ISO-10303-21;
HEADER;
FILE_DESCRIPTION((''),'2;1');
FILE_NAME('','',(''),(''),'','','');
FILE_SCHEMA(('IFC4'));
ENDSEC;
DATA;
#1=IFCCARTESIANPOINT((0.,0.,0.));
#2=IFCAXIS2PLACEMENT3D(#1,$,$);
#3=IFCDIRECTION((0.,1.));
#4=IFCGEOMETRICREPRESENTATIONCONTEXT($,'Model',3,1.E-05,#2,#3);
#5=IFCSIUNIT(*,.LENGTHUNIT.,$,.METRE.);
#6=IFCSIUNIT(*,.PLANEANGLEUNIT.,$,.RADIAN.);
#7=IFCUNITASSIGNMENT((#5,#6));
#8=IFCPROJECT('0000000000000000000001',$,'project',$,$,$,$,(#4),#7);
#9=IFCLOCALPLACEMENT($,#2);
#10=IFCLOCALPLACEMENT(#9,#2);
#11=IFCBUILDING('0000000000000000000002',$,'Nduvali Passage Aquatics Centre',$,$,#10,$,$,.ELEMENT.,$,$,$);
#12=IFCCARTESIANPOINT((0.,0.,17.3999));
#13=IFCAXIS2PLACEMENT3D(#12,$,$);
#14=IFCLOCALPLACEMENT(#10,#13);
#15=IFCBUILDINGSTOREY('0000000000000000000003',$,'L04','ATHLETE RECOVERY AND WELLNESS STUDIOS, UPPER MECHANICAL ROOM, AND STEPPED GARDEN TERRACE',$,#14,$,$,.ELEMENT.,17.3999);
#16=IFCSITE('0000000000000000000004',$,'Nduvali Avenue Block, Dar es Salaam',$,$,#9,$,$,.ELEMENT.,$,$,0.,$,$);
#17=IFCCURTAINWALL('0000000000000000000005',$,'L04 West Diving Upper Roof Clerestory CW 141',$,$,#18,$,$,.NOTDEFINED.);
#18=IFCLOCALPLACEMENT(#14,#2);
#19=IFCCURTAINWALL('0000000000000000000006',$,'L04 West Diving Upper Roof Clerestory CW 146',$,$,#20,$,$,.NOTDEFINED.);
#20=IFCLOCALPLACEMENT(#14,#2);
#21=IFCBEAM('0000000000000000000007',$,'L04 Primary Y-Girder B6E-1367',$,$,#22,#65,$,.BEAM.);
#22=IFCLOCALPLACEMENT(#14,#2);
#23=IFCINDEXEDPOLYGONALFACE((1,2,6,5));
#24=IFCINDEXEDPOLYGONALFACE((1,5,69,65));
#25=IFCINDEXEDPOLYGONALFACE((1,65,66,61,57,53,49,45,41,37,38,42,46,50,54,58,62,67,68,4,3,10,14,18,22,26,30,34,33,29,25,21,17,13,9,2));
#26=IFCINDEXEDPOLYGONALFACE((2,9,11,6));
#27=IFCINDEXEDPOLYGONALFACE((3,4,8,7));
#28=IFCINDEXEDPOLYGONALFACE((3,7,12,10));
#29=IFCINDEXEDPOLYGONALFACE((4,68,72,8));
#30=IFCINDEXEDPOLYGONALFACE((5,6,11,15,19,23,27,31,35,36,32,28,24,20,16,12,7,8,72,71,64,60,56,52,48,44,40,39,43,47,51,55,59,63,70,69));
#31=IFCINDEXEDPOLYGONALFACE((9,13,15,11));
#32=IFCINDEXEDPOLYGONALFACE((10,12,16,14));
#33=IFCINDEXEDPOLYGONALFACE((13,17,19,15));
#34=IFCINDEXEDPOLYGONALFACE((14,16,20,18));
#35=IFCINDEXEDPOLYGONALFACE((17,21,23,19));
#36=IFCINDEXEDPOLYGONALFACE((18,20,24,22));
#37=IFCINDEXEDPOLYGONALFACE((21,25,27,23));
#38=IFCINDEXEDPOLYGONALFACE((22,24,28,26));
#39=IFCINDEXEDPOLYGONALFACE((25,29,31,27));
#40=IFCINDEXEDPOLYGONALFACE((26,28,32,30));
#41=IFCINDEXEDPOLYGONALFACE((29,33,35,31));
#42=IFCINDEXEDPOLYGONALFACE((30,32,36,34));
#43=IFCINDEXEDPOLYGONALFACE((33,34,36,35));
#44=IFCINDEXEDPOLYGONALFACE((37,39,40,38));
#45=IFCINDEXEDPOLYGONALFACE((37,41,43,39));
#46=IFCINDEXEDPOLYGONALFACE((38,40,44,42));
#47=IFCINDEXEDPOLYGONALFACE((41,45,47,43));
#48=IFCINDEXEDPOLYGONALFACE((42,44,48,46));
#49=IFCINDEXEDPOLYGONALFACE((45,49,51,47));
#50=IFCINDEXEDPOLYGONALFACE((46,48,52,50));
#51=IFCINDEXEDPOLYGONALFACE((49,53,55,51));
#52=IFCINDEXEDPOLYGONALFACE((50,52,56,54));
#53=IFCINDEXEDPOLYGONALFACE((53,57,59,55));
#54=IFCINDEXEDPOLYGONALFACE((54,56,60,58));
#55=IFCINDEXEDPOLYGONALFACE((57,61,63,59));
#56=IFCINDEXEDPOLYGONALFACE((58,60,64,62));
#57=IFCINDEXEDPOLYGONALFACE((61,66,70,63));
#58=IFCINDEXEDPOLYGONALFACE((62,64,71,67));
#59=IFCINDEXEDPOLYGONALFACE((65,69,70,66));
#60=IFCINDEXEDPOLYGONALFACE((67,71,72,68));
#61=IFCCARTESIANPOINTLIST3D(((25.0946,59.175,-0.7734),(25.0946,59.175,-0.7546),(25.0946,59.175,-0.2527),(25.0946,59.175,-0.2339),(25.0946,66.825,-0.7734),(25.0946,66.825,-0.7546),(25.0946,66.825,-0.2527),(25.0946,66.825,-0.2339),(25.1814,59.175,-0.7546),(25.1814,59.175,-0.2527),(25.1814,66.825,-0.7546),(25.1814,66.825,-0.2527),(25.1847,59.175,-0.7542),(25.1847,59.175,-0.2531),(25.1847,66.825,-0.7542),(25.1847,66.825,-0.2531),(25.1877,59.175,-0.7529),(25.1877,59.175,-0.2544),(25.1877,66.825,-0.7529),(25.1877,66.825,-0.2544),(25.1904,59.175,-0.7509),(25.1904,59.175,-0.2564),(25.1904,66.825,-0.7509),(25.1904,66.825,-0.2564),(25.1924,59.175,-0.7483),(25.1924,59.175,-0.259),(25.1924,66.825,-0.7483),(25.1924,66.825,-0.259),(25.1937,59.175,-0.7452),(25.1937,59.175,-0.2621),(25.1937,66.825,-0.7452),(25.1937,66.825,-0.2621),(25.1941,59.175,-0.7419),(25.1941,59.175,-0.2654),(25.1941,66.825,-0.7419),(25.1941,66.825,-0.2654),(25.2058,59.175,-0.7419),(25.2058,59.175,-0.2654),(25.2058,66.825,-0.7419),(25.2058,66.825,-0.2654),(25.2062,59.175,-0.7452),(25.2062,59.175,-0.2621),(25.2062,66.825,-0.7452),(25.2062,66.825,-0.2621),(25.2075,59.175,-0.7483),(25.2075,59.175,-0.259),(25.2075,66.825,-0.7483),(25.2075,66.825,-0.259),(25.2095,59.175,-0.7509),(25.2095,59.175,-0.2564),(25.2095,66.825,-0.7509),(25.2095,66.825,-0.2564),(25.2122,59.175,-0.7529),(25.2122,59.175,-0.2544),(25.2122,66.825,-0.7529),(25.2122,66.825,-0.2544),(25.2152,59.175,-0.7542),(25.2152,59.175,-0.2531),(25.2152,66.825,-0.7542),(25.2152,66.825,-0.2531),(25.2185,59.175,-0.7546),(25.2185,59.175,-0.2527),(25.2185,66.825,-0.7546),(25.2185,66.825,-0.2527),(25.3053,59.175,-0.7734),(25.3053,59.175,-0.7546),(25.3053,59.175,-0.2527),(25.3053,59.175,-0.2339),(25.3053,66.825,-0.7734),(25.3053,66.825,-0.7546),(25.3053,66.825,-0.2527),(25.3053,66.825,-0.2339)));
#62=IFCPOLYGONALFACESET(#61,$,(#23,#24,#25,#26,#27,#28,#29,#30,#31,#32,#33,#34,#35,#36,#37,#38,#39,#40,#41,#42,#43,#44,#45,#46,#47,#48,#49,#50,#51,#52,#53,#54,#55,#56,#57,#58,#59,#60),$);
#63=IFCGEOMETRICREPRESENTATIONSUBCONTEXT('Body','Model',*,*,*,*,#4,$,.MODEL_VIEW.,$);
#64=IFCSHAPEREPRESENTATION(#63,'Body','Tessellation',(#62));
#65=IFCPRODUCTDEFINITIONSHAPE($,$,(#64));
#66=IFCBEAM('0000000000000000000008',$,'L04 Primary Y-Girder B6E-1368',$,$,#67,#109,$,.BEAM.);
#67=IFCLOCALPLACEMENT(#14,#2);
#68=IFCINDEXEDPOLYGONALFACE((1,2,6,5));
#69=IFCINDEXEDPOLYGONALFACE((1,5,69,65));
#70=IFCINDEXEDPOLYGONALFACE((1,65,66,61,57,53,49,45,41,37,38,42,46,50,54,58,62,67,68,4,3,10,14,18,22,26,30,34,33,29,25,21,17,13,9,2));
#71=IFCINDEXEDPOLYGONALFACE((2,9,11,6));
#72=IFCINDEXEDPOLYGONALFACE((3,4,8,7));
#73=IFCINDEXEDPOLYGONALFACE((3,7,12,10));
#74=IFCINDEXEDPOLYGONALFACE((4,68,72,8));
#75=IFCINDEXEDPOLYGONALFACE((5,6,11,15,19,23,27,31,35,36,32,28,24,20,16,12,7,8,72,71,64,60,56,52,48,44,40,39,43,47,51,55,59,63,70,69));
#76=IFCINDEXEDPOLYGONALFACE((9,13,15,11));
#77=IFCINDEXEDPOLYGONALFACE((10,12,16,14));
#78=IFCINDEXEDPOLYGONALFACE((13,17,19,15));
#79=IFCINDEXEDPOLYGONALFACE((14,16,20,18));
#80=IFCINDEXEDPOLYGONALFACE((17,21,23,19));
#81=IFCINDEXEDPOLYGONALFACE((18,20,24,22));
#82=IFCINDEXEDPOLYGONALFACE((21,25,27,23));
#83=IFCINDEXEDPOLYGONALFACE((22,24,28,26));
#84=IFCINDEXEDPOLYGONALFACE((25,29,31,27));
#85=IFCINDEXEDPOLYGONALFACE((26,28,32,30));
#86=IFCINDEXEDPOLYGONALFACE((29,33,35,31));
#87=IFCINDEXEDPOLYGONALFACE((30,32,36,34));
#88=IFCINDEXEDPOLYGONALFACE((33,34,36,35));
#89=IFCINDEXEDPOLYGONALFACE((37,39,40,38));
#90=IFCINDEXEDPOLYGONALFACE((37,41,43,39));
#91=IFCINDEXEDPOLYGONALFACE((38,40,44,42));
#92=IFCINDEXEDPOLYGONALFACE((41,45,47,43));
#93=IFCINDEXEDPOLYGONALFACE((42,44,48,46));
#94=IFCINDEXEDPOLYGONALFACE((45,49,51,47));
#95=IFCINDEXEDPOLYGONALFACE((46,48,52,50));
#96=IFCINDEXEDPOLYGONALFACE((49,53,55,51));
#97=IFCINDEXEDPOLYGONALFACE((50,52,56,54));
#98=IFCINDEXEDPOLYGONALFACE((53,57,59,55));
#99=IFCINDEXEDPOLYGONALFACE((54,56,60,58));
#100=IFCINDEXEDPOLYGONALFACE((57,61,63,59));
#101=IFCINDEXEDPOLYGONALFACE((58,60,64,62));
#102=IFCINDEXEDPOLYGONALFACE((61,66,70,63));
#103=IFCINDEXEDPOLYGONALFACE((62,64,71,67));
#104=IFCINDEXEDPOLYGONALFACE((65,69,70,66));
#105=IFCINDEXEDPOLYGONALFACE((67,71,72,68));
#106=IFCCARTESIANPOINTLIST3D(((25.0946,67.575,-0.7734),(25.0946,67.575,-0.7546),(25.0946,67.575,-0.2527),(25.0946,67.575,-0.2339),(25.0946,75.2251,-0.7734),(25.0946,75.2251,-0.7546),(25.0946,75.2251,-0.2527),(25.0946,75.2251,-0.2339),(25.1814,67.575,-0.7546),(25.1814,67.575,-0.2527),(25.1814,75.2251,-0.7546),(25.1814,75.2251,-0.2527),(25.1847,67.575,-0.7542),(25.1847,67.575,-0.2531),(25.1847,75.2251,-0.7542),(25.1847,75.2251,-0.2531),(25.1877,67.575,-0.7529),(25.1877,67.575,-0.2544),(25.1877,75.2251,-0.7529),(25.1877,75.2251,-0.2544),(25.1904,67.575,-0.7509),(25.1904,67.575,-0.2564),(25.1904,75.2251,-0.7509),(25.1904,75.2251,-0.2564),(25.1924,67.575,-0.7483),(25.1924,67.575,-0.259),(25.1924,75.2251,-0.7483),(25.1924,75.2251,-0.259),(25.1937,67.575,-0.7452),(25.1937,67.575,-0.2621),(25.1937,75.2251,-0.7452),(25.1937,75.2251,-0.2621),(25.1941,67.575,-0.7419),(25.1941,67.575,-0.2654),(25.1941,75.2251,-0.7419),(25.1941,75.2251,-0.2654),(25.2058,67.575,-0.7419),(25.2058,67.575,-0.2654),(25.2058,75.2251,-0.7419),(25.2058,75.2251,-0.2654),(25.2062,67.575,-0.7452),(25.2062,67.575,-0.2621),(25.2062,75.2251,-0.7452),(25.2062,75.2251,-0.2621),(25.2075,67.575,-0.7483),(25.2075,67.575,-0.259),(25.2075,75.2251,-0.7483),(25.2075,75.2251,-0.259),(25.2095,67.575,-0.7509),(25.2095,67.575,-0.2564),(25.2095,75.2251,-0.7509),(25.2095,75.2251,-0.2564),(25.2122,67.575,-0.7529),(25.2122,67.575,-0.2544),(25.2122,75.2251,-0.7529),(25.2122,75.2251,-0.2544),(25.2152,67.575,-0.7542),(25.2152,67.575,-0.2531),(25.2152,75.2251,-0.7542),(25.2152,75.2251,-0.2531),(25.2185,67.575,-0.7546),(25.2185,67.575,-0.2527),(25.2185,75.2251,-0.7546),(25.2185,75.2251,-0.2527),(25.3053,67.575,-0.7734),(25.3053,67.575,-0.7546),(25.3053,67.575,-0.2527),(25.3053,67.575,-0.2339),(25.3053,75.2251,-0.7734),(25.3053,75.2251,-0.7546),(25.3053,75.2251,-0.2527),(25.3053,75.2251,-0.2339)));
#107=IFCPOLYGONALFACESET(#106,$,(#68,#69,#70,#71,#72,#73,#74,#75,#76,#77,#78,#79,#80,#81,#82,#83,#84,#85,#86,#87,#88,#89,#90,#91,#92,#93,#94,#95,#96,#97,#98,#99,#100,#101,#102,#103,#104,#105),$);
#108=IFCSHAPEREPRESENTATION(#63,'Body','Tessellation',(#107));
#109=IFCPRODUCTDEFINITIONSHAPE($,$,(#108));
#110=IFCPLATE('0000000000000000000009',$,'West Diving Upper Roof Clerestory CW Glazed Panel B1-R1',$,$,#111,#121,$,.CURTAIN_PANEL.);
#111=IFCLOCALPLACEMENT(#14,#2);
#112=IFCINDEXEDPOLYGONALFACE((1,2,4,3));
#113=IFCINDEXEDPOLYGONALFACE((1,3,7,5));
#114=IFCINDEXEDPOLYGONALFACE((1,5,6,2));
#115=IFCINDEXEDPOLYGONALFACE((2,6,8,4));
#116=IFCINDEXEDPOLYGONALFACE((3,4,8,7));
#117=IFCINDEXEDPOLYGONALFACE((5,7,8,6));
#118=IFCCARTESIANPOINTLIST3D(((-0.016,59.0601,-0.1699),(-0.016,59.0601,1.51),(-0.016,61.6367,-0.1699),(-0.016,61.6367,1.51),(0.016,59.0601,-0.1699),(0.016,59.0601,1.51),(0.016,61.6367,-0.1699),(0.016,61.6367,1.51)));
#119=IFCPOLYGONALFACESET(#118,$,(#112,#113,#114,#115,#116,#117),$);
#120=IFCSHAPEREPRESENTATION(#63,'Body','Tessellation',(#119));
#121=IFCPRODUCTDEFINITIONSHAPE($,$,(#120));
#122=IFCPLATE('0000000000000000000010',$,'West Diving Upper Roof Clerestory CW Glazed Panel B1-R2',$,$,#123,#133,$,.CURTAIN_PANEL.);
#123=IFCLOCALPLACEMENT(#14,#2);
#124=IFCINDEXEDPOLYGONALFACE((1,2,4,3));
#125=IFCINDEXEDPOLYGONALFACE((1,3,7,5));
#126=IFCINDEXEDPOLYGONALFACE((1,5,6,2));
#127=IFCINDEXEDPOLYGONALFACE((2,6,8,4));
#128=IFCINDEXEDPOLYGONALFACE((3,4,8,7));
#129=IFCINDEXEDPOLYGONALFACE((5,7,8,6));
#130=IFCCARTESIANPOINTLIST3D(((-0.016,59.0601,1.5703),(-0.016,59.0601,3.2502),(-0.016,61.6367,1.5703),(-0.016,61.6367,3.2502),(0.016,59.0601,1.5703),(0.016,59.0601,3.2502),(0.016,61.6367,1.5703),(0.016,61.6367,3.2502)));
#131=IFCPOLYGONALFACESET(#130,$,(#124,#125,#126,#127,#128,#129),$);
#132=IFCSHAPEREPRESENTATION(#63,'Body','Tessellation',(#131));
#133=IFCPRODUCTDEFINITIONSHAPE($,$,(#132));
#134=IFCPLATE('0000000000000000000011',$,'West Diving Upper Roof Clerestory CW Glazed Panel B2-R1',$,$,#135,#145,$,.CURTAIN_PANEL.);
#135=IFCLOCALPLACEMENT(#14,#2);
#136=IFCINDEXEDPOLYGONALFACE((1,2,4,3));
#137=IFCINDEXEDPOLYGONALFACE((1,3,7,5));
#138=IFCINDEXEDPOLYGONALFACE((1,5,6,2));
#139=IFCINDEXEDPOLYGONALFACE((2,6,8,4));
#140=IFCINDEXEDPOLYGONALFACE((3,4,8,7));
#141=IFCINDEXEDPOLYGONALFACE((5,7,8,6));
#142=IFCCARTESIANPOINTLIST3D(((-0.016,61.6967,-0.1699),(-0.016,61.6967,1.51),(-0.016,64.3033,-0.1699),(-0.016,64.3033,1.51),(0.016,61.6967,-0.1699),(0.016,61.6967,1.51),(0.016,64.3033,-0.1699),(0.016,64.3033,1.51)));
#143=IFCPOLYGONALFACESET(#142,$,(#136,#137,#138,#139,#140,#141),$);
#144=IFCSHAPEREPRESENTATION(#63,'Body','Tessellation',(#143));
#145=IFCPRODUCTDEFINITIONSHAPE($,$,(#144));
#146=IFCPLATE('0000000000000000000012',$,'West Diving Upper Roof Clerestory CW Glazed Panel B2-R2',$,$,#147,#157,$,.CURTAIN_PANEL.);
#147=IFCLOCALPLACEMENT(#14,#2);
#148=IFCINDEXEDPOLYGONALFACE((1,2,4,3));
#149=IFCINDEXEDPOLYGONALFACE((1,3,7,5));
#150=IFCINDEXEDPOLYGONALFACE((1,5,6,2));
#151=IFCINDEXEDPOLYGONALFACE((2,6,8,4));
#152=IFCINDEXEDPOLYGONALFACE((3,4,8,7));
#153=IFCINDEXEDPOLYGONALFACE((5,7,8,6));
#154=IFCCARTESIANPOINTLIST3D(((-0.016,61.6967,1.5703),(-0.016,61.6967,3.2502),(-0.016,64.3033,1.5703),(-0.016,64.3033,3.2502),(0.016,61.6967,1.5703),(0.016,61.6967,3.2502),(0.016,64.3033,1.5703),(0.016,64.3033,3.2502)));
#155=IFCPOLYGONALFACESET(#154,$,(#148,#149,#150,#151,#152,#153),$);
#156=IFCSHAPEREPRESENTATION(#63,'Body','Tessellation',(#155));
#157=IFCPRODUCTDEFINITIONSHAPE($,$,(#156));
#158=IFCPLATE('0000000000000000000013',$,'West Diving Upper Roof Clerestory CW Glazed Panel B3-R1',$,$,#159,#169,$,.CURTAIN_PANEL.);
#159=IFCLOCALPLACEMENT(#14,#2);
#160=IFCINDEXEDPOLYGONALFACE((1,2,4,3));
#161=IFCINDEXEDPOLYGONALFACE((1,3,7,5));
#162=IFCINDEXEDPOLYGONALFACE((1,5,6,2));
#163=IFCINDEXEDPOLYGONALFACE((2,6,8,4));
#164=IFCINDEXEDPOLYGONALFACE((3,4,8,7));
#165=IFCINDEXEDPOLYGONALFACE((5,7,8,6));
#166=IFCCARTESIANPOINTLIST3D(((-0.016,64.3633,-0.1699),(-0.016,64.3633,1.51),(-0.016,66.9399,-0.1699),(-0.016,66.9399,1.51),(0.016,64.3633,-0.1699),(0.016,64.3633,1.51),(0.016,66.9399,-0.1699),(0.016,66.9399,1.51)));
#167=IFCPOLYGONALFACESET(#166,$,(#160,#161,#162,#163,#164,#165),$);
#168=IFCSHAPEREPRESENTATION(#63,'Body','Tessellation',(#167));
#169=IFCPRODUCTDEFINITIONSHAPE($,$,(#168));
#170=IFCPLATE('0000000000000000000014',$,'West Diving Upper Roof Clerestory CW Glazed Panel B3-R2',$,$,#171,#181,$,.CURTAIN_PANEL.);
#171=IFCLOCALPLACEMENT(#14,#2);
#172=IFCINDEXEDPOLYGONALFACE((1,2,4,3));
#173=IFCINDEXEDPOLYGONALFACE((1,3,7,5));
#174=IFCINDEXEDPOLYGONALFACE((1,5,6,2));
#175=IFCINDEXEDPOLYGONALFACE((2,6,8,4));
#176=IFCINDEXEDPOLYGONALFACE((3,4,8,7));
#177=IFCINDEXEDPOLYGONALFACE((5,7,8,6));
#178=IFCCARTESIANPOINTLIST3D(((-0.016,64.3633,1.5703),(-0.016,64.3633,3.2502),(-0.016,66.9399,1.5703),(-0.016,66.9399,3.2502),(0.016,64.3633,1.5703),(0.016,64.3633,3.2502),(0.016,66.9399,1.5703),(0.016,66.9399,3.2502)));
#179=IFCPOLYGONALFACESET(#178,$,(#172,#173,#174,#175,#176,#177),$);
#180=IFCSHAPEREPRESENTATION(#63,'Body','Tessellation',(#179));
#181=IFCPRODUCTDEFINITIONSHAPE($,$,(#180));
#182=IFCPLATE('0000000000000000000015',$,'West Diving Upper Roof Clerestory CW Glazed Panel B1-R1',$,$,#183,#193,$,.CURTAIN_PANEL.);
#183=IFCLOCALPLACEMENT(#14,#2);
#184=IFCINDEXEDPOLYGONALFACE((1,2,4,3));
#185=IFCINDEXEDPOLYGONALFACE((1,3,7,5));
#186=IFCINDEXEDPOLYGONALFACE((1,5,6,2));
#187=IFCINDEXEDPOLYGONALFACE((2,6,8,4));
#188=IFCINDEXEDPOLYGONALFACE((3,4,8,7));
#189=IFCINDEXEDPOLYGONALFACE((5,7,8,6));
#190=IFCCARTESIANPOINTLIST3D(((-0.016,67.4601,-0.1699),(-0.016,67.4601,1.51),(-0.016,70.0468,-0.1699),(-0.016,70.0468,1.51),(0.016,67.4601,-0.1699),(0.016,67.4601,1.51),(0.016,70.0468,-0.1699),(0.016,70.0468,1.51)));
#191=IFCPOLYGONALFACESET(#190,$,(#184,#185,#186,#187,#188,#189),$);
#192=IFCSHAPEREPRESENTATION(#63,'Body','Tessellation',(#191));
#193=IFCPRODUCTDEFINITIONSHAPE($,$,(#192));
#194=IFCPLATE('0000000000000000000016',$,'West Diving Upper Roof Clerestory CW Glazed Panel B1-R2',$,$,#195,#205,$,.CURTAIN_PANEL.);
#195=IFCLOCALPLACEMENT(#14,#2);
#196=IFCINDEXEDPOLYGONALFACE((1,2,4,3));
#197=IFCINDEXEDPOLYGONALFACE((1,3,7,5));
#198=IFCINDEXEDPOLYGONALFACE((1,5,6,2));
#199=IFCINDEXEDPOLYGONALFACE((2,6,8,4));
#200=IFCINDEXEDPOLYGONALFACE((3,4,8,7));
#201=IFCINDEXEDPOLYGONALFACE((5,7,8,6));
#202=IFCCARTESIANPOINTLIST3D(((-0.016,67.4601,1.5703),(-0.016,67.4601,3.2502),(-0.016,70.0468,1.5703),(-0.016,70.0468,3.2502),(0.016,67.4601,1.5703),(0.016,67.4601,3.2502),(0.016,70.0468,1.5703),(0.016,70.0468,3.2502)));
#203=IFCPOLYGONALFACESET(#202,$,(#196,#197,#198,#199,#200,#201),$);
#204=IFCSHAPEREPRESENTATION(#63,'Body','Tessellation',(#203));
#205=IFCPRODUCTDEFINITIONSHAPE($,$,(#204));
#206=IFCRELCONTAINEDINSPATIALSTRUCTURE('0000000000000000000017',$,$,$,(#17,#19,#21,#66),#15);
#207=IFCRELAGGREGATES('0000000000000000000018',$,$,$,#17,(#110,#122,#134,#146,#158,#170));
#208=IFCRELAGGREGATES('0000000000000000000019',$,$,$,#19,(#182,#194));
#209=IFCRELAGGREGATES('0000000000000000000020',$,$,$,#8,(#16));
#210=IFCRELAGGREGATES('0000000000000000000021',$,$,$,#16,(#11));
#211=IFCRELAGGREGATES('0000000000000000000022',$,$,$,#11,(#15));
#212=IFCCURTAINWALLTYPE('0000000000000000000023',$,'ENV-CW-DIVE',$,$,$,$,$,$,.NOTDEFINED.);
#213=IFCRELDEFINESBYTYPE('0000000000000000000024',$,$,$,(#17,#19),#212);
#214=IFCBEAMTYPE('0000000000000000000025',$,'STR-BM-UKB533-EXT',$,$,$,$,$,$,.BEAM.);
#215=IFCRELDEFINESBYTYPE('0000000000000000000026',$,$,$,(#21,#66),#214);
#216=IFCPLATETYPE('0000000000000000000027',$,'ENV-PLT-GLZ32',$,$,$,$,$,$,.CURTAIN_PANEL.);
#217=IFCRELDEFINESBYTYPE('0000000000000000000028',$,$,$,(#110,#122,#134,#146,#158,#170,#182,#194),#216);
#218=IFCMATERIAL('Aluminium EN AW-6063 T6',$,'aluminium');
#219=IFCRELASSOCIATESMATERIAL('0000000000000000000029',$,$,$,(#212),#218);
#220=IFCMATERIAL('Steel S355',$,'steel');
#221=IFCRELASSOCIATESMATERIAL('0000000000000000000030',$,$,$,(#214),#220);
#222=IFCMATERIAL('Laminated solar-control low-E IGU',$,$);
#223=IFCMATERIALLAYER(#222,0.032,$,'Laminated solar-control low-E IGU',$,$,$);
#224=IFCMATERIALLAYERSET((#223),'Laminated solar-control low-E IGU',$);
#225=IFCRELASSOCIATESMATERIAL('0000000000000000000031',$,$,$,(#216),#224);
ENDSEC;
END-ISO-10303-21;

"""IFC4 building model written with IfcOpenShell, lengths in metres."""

from ifc_helpers import new_model, si_unit, direction, frame, origin, origin_2d, place, context, subcontext, project, spatial, rectangle, i_section, extrude, material, layer, layer_set, material_profile, profile_set, type_object, element, aggregate, save


model = new_model("IFC4")

# Units and contexts
model_context = context("Model", 3, precision=1e-05, world=origin(), true_north=direction((0.0, 1.0)))
body_context = subcontext(model_context, "Body", "Model", "MODEL_VIEW")
ifc_project = project(units=[si_unit("LENGTHUNIT", "METRE"), si_unit("PLANEANGLEUNIT", "RADIAN")], contexts=[model_context])

# Site, building, storey
site_placement = place(None, origin())
site = spatial("IfcSite", under=ifc_project, at=site_placement, Name="Nduvali Avenue Block, Dar es Salaam", CompositionType="ELEMENT", RefElevation=0.0)
building_placement = place(site_placement, origin())
building = spatial("IfcBuilding", under=site, at=building_placement, Name="Nduvali Passage Aquatics Centre", CompositionType="ELEMENT")
storey_placement = place(building_placement, frame((0.0, 0.0, 17.3999)))
storey = spatial("IfcBuildingStorey", under=building, at=storey_placement, Name="L04", Description="ATHLETE RECOVERY AND WELLNESS STUDIOS, UPPER MECHANICAL ROOM, AND STEPPED GARDEN TERRACE", CompositionType="ELEMENT", Elevation=17.3999)

# Shared definitions
ifc_material_1 = material(Name="Steel S355", Category="steel")

# Curtain walls
ifc_material_2 = material(Name="Aluminium EN AW-6063 T6", Category="aluminium")
curtain_wall_type = type_object("IfcCurtainWallType", Name="ENV-CW-DIVE", PredefinedType="NOTDEFINED", material=ifc_material_2)
curtain_wall_1_placement = place(storey_placement, origin())
curtain_wall_1 = element("IfcCurtainWall", 1, at=curtain_wall_1_placement, inside=storey, type_object=curtain_wall_type, Name="L04 West Diving Upper Roof Clerestory CW 141", PredefinedType="NOTDEFINED")
curtain_wall_2_placement = place(storey_placement, origin())
curtain_wall_2 = element("IfcCurtainWall", 2, at=curtain_wall_2_placement, inside=storey, type_object=curtain_wall_type, Name="L04 West Diving Upper Roof Clerestory CW 146", PredefinedType="NOTDEFINED")

# Beams
ifc_material_profile_1 = material_profile(ifc_material_1, i_section(OverallWidth=0.2107, OverallDepth=0.5396, WebThickness=0.0117, FlangeThickness=0.0188, FilletRadius=0.0127, at=origin_2d()), Name="UKB 533x210x109")
ifc_profile_set_1 = profile_set([ifc_material_profile_1], Name="Steel S355")
beam_type = type_object("IfcBeamType", Name="STR-BM-UKB533-EXT", PredefinedType="BEAM", material=ifc_profile_set_1)
beam_1_placement = place(storey_placement, frame((25.2, 59.175, -0.5037), z_axis=(0.0, 1.0, 0.0), x_axis=(-1.0, 0.0, 0.0)))
element("IfcBeam", 3, at=beam_1_placement, inside=storey, type_object=beam_type, Name="L04 Primary Y-Girder B6E-1367", PredefinedType="BEAM", context=body_context, shape_type="SweptSolid", body=[
    extrude(i_section(OverallWidth=0.2107, OverallDepth=0.5396, WebThickness=0.0117, FlangeThickness=0.0188, FilletRadius=0.0127, at=origin_2d()), origin(), (0.0, 0.0, 1.0), 7.6499),
])
beam_2_placement = place(storey_placement, frame((25.2, 67.575, -0.5037), z_axis=(0.0, 1.0, 0.0), x_axis=(-1.0, 0.0, 0.0)))
element("IfcBeam", 4, at=beam_2_placement, inside=storey, type_object=beam_type, Name="L04 Primary Y-Girder B6E-1368", PredefinedType="BEAM", context=body_context, shape_type="SweptSolid", body=[
    extrude(i_section(OverallWidth=0.2107, OverallDepth=0.5396, WebThickness=0.0117, FlangeThickness=0.0188, FilletRadius=0.0127, at=origin_2d()), origin(), (0.0, 0.0, 1.0), 7.6501),
])

# Plates
ifc_material_3 = material(Name="Laminated solar-control low-E IGU")
ifc_layer = layer(ifc_material_3, 0.032, Name="Laminated solar-control low-E IGU")
ifc_layer_set = layer_set([ifc_layer], Name="Laminated solar-control low-E IGU")
plate_type = type_object("IfcPlateType", Name="ENV-PLT-GLZ32", PredefinedType="CURTAIN_PANEL", material=ifc_layer_set)
plate_1_placement = place(storey_placement, frame((0.0, 60.3484, -0.1699), z_axis=(0.0, 0.0, 1.0), x_axis=(0.0, 1.0, 0.0)))
plate_1 = element("IfcPlate", 5, at=plate_1_placement, type_object=plate_type, Name="West Diving Upper Roof Clerestory CW Glazed Panel B1-R1", PredefinedType="CURTAIN_PANEL", context=body_context, shape_type="SweptSolid", body=[
    extrude(rectangle(XDim=2.5767, YDim=0.032, at=origin_2d()), origin(), (0.0, 0.0, 1.0), 1.6799),
])
plate_2_placement = place(storey_placement, frame((0.0, 60.3484, 1.5703), z_axis=(0.0, 0.0, 1.0), x_axis=(0.0, 1.0, 0.0)))
plate_2 = element("IfcPlate", 6, at=plate_2_placement, type_object=plate_type, Name="West Diving Upper Roof Clerestory CW Glazed Panel B1-R2", PredefinedType="CURTAIN_PANEL", context=body_context, shape_type="SweptSolid", body=[
    extrude(rectangle(XDim=2.5767, YDim=0.032, at=origin_2d()), origin(), (0.0, 0.0, 1.0), 1.6799),
])
plate_3_placement = place(storey_placement, frame((0.0, 63.0, -0.1699), z_axis=(0.0, 0.0, 1.0), x_axis=(0.0, 1.0, 0.0)))
plate_3 = element("IfcPlate", 7, at=plate_3_placement, type_object=plate_type, Name="West Diving Upper Roof Clerestory CW Glazed Panel B2-R1", PredefinedType="CURTAIN_PANEL", context=body_context, shape_type="SweptSolid", body=[
    extrude(rectangle(XDim=2.6067, YDim=0.032, at=origin_2d()), origin(), (0.0, 0.0, 1.0), 1.6799),
])
plate_4_placement = place(storey_placement, frame((0.0, 63.0, 1.5703), z_axis=(0.0, 0.0, 1.0), x_axis=(0.0, 1.0, 0.0)))
plate_4 = element("IfcPlate", 8, at=plate_4_placement, type_object=plate_type, Name="West Diving Upper Roof Clerestory CW Glazed Panel B2-R2", PredefinedType="CURTAIN_PANEL", context=body_context, shape_type="SweptSolid", body=[
    extrude(rectangle(XDim=2.6067, YDim=0.032, at=origin_2d()), origin(), (0.0, 0.0, 1.0), 1.6799),
])
plate_5_placement = place(storey_placement, frame((0.0, 65.6516, -0.1699), z_axis=(0.0, 0.0, 1.0), x_axis=(0.0, 1.0, 0.0)))
plate_5 = element("IfcPlate", 9, at=plate_5_placement, type_object=plate_type, Name="West Diving Upper Roof Clerestory CW Glazed Panel B3-R1", PredefinedType="CURTAIN_PANEL", context=body_context, shape_type="SweptSolid", body=[
    extrude(rectangle(XDim=2.5767, YDim=0.032, at=origin_2d()), origin(), (0.0, 0.0, 1.0), 1.6799),
])
plate_6_placement = place(storey_placement, frame((0.0, 65.6516, 1.5703), z_axis=(0.0, 0.0, 1.0), x_axis=(0.0, 1.0, 0.0)))
plate_6 = element("IfcPlate", 10, at=plate_6_placement, type_object=plate_type, Name="West Diving Upper Roof Clerestory CW Glazed Panel B3-R2", PredefinedType="CURTAIN_PANEL", context=body_context, shape_type="SweptSolid", body=[
    extrude(rectangle(XDim=2.5767, YDim=0.032, at=origin_2d()), origin(), (0.0, 0.0, 1.0), 1.6799),
])
aggregate(curtain_wall_1, [plate_1, plate_2, plate_3, plate_4, plate_5, plate_6])
plate_7_placement = place(storey_placement, frame((0.0, 68.7534, -0.1699), z_axis=(0.0, 0.0, 1.0), x_axis=(0.0, 1.0, 0.0)))
plate_7 = element("IfcPlate", 11, at=plate_7_placement, type_object=plate_type, Name="West Diving Upper Roof Clerestory CW Glazed Panel B1-R1", PredefinedType="CURTAIN_PANEL", context=body_context, shape_type="SweptSolid", body=[
    extrude(rectangle(XDim=2.5867, YDim=0.032, at=origin_2d()), origin(), (0.0, 0.0, 1.0), 1.6799),
])
plate_8_placement = place(storey_placement, frame((0.0, 68.7534, 1.5703), z_axis=(0.0, 0.0, 1.0), x_axis=(0.0, 1.0, 0.0)))
plate_8 = element("IfcPlate", 12, at=plate_8_placement, type_object=plate_type, Name="West Diving Upper Roof Clerestory CW Glazed Panel B1-R2", PredefinedType="CURTAIN_PANEL", context=body_context, shape_type="SweptSolid", body=[
    extrude(rectangle(XDim=2.5867, YDim=0.032, at=origin_2d()), origin(), (0.0, 0.0, 1.0), 1.6799),
])
aggregate(curtain_wall_2, [plate_7, plate_8])

save(model, "model.ifc")
